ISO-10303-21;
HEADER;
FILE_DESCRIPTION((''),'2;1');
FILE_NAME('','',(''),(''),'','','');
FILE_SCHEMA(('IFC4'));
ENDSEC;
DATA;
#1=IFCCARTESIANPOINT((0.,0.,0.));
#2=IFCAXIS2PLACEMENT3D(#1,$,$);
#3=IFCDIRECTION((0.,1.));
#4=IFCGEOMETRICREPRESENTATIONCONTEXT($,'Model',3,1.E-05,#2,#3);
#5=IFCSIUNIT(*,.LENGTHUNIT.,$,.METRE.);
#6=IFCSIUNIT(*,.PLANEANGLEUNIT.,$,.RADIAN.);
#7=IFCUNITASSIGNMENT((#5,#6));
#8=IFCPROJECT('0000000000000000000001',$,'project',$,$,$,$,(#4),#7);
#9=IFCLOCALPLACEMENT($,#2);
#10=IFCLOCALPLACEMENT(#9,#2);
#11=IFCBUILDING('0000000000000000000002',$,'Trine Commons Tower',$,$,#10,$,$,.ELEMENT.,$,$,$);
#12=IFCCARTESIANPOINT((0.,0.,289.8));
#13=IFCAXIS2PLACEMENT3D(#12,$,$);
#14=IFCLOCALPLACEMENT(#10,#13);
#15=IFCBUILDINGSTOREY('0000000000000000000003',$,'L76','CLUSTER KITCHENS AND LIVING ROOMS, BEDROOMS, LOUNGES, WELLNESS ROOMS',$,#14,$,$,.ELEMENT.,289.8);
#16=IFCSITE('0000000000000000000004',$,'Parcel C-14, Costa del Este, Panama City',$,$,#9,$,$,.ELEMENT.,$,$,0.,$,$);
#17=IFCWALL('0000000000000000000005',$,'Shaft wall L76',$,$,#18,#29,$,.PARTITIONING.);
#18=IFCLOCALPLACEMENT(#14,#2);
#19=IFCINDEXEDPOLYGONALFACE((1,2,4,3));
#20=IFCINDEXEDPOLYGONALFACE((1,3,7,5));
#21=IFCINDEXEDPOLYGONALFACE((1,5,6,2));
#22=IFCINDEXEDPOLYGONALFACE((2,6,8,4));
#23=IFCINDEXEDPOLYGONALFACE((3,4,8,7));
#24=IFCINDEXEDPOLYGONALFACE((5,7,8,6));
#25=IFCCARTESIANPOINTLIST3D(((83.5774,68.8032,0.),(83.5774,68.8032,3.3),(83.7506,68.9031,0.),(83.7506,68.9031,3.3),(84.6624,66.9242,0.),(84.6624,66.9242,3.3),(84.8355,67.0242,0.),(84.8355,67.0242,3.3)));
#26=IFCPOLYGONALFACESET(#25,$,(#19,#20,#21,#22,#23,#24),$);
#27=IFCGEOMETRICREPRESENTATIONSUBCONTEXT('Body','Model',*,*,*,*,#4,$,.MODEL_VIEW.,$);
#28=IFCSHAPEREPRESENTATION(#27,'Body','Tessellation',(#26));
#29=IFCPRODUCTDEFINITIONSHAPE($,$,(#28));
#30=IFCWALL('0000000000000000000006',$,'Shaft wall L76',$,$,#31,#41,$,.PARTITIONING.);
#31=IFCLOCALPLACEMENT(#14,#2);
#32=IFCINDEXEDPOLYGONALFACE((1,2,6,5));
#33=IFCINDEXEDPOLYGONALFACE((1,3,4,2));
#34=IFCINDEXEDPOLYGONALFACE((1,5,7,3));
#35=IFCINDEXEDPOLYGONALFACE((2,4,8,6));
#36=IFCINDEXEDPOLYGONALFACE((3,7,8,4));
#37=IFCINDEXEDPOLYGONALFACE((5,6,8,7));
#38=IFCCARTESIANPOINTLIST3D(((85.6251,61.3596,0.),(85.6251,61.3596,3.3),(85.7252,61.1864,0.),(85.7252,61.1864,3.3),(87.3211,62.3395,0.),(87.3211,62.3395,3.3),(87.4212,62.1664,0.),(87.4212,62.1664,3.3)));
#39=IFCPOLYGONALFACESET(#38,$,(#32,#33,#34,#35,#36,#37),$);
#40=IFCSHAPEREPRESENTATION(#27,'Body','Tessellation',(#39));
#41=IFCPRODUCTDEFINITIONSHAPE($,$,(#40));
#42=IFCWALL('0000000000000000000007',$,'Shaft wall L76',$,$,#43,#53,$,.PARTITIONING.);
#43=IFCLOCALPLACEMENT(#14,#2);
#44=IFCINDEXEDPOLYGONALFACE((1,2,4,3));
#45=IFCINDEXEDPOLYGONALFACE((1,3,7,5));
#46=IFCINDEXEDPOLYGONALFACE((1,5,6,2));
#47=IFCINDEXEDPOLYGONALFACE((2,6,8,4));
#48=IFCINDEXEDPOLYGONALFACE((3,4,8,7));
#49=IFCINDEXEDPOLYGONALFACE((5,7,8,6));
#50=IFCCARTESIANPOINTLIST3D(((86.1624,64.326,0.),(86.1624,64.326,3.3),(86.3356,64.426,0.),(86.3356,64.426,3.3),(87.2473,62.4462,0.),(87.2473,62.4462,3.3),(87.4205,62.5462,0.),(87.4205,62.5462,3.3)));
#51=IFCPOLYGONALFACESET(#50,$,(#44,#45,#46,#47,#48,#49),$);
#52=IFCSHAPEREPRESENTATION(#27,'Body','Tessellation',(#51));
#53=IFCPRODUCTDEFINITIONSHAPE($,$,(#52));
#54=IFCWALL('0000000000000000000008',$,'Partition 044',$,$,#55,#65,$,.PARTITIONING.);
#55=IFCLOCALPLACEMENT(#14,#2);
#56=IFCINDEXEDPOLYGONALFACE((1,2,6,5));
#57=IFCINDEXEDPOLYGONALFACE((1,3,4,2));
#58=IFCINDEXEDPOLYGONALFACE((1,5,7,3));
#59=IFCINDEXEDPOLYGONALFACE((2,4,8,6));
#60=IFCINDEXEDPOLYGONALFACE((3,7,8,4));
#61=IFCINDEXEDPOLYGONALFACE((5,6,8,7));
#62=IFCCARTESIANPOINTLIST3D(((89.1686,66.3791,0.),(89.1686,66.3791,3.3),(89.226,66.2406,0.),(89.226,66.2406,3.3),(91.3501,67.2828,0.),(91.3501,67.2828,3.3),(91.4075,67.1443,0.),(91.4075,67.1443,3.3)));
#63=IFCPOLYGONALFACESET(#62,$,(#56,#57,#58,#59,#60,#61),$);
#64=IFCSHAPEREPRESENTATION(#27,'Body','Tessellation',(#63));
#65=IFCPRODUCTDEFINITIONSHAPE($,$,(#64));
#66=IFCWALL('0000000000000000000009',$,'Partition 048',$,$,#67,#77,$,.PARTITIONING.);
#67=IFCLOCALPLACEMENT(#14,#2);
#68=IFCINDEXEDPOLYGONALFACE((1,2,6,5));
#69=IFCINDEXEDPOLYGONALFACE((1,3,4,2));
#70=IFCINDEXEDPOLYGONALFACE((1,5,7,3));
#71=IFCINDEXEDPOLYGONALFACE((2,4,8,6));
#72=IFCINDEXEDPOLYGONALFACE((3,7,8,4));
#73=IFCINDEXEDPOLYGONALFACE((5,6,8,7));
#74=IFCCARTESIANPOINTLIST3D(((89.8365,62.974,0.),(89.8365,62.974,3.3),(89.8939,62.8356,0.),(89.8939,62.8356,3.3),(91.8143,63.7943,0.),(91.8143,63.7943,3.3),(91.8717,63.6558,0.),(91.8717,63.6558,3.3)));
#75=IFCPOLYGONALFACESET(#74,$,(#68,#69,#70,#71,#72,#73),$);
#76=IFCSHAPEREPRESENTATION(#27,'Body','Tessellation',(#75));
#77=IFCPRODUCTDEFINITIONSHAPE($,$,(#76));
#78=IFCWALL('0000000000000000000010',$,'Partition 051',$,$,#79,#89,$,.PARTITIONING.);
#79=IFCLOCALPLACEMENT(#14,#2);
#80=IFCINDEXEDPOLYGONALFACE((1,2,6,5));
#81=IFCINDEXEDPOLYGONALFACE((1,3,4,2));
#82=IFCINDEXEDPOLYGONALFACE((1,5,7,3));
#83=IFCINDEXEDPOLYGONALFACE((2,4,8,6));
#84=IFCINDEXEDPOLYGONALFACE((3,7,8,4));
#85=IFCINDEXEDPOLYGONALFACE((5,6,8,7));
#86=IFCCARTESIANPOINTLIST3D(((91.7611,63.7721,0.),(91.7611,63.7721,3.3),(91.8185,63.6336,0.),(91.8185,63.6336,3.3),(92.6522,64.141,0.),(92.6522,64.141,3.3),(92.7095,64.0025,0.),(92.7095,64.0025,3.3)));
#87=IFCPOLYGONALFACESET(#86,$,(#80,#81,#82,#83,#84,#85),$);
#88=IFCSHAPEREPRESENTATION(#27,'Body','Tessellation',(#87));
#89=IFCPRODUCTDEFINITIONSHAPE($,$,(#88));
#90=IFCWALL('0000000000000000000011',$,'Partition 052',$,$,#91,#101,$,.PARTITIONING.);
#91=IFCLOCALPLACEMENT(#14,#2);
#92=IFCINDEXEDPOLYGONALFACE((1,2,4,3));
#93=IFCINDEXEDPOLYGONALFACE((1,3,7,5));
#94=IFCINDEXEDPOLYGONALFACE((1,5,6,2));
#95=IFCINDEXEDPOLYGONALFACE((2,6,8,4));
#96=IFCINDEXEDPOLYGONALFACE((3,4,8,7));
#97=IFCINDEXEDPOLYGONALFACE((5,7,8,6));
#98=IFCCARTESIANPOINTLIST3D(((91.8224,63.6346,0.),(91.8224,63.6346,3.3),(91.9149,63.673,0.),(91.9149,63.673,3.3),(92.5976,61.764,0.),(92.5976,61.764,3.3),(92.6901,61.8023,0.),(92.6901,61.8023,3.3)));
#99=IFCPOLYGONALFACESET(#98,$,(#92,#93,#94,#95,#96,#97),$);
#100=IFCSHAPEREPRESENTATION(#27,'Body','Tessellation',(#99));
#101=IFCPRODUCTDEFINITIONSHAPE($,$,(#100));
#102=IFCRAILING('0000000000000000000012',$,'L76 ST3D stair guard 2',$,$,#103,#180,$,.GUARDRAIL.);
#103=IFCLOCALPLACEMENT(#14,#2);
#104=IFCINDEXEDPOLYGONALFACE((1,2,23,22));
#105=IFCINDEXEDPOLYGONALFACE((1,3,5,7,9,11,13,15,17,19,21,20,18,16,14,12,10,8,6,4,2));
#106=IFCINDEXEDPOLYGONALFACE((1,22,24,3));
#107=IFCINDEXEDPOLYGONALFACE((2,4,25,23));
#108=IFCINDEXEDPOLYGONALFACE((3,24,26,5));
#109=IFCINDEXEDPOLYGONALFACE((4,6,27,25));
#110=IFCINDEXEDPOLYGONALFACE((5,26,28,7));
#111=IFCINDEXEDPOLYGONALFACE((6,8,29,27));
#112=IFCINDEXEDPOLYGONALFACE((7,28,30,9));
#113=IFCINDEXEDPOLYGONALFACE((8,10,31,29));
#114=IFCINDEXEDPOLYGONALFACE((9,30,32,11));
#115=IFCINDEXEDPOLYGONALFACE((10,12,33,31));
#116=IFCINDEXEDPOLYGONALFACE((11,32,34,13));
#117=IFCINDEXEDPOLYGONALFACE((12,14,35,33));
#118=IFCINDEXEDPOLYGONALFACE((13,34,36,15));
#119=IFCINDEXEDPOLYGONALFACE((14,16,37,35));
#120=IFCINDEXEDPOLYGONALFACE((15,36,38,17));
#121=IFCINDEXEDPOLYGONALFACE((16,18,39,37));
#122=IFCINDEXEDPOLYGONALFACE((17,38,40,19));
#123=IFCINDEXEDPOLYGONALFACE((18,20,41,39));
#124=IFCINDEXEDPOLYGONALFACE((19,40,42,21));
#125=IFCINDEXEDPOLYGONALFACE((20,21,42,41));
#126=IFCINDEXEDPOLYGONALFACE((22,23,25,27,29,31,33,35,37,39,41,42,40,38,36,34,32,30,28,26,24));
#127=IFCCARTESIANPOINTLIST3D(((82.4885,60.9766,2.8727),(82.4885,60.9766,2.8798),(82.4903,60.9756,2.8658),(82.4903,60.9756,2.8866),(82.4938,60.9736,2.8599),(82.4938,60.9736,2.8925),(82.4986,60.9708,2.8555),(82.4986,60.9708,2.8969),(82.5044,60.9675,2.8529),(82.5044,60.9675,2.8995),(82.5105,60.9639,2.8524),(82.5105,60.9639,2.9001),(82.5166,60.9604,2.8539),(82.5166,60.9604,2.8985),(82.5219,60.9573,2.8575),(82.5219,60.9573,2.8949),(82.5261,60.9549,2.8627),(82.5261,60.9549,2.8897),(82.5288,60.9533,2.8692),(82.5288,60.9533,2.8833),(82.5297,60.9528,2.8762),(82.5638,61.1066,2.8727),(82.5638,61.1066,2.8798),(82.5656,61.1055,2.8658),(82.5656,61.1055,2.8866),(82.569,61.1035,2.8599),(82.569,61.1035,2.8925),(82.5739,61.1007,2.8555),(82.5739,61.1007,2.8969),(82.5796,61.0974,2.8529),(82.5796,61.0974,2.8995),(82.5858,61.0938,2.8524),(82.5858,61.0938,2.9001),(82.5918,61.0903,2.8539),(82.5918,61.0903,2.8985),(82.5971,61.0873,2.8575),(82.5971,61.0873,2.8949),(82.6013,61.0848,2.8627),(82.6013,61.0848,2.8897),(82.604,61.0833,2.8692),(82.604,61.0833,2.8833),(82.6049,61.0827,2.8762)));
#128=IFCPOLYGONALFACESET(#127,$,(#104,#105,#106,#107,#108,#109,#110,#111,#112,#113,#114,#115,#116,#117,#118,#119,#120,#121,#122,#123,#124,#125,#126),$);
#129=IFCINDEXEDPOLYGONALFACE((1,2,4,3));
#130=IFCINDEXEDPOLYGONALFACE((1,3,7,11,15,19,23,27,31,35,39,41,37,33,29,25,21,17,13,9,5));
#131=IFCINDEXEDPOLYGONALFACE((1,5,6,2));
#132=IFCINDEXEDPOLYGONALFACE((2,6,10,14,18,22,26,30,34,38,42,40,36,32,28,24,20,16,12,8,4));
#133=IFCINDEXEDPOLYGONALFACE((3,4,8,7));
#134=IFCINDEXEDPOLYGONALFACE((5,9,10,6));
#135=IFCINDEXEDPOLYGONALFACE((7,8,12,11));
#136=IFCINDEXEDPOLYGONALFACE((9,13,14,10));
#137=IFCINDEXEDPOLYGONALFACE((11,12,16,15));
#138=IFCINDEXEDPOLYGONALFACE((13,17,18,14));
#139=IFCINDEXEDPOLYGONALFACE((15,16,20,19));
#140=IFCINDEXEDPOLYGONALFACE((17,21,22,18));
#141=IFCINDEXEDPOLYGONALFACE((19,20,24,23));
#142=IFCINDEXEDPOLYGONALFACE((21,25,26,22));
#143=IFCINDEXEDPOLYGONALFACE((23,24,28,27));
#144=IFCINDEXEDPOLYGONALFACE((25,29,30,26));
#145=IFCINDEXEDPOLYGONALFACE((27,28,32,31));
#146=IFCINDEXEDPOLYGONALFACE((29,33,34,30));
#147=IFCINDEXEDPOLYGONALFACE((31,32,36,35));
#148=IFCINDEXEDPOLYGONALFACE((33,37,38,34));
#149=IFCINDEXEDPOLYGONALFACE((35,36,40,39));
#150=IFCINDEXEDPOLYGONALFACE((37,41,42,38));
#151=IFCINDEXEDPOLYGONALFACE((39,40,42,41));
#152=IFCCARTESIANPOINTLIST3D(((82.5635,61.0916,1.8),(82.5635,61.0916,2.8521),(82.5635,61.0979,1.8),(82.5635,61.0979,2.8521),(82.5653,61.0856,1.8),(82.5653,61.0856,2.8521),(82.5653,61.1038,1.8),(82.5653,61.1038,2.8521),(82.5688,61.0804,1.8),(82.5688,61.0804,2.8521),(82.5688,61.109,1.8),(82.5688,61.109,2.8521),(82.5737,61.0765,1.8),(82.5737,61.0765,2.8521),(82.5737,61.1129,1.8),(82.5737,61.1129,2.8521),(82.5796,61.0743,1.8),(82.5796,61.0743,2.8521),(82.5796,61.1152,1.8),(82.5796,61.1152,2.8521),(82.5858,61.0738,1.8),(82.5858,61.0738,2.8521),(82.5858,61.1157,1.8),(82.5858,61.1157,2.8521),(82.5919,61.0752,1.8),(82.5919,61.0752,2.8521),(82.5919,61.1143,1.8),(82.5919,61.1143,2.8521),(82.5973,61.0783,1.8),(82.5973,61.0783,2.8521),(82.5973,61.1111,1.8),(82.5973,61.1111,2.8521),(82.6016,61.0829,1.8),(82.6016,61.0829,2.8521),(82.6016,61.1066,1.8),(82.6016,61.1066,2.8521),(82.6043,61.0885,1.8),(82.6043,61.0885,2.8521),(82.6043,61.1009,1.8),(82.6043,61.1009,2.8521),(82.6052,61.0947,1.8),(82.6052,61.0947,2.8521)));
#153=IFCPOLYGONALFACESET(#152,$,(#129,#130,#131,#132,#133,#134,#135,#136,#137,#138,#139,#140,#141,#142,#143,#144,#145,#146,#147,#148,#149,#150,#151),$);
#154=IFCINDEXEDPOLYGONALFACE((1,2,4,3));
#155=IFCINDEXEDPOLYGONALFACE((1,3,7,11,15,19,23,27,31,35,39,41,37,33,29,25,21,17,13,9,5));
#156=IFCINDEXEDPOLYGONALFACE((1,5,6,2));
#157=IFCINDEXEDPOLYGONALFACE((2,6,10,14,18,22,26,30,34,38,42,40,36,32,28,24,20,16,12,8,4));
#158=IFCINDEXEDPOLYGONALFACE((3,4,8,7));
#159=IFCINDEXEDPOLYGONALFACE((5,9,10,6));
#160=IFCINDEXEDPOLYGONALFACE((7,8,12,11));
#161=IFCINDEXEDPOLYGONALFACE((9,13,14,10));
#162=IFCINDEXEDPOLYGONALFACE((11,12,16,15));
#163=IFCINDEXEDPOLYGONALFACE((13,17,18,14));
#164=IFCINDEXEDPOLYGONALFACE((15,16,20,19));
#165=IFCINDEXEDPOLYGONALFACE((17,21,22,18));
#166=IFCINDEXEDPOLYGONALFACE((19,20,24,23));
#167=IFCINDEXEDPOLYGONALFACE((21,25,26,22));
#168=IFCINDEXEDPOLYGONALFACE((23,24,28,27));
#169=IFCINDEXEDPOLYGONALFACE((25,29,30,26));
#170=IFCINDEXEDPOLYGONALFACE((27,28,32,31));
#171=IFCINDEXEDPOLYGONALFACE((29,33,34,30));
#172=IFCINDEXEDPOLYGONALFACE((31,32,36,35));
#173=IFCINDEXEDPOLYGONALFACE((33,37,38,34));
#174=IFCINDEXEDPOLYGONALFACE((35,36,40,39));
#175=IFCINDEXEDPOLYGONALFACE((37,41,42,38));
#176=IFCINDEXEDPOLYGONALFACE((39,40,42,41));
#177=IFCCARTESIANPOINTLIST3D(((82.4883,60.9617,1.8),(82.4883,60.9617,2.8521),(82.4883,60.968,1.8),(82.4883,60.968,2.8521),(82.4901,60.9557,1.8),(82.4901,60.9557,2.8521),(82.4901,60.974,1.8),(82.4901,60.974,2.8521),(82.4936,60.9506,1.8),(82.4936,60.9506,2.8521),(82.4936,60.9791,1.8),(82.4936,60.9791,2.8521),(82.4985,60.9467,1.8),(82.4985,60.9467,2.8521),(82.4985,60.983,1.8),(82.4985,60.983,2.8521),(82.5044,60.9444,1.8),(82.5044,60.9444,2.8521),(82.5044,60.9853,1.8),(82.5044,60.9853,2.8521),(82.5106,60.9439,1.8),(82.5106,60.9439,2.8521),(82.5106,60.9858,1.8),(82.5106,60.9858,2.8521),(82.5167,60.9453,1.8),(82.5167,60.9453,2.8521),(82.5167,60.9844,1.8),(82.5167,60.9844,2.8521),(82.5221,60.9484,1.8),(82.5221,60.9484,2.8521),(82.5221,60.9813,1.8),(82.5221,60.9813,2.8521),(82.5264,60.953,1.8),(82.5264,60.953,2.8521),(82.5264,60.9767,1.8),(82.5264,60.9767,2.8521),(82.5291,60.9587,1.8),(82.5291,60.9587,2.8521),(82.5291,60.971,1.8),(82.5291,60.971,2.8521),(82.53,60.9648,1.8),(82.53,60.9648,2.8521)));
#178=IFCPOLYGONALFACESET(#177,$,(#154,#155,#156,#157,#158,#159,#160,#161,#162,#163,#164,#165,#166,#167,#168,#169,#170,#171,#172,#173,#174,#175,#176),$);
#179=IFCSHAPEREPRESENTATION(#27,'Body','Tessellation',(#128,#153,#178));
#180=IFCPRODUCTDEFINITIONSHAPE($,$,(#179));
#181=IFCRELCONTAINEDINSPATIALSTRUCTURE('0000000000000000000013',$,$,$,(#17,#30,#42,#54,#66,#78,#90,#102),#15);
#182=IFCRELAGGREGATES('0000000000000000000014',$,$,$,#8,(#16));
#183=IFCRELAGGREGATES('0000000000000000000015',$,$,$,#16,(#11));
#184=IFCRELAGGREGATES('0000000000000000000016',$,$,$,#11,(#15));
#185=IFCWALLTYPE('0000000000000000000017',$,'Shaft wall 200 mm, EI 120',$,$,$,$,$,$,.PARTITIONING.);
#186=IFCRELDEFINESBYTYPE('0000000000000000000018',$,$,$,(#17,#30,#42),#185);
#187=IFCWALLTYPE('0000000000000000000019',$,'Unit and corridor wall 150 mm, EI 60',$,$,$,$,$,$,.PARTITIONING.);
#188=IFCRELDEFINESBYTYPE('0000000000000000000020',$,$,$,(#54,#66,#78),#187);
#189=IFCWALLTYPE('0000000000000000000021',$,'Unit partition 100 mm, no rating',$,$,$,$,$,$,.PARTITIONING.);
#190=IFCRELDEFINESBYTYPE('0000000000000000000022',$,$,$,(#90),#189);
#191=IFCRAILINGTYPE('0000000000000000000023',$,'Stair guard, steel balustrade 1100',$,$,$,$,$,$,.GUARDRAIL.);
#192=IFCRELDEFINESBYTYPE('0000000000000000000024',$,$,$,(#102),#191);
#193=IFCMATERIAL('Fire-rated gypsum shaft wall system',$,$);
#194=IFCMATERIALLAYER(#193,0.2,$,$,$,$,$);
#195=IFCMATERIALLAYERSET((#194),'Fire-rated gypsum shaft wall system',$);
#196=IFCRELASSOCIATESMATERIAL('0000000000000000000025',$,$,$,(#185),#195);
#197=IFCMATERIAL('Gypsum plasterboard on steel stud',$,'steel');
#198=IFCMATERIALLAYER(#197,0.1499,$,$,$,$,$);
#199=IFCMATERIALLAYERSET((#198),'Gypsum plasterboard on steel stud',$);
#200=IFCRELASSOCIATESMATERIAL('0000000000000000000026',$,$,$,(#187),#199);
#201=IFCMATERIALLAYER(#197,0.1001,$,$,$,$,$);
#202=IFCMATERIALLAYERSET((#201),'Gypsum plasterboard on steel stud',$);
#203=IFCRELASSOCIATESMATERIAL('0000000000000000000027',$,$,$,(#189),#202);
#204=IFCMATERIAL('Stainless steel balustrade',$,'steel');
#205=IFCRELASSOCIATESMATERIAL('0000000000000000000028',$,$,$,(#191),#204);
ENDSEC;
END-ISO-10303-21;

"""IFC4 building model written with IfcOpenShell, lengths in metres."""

from ifc_helpers import new_model, si_unit, direction, frame, frame_2d, origin, origin_2d, place, context, subcontext, project, spatial, rectangle, circle, extrude, material, layer, layer_set, type_object, element, save


model = new_model("IFC4")

# Units and contexts
model_context = context("Model", 3, precision=1e-05, world=origin(), true_north=direction((0.0, 1.0)))
body_context = subcontext(model_context, "Body", "Model", "MODEL_VIEW")
ifc_project = project(units=[si_unit("LENGTHUNIT", "METRE"), si_unit("PLANEANGLEUNIT", "RADIAN")], contexts=[model_context])

# Site, building, storey
site_placement = place(None, origin())
site = spatial("IfcSite", under=ifc_project, at=site_placement, Name="Parcel C-14, Costa del Este, Panama City", CompositionType="ELEMENT", RefElevation=0.0)
building_placement = place(site_placement, origin())
building = spatial("IfcBuilding", under=site, at=building_placement, Name="Trine Commons Tower", CompositionType="ELEMENT")
storey_placement = place(building_placement, frame((0.0, 0.0, 289.8)))
storey = spatial("IfcBuildingStorey", under=building, at=storey_placement, Name="L76", Description="CLUSTER KITCHENS AND LIVING ROOMS, BEDROOMS, LOUNGES, WELLNESS ROOMS", CompositionType="ELEMENT", Elevation=289.8)

# Shared definitions
ifc_material_1 = material(Name="Fire-rated gypsum shaft wall system")

# Walls
ifc_layer_1 = layer(ifc_material_1, 0.2)
ifc_layer_set_1 = layer_set([ifc_layer_1], Name="Fire-rated gypsum shaft wall system")
wall_type_1 = type_object("IfcWallType", Name="Shaft wall 200 mm, EI 120", PredefinedType="PARTITIONING", material=ifc_layer_set_1)
wall_1_placement = place(storey_placement, frame((84.749, 66.9741, 0.0), z_axis=(0.0, 0.0, 1.0), x_axis=(-0.50006, 0.865991, 0.0)))
element("IfcWall", 1, at=wall_1_placement, inside=storey, type_object=wall_type_1, Name="Shaft wall L76", PredefinedType="PARTITIONING", context=body_context, shape_type="SweptSolid", body=[
    extrude(rectangle(XDim=2.1697, YDim=0.2, at=frame_2d((1.085, 0.0))), origin(), (0.0, 0.0, 1.0), 3.3),
])
wall_2_placement = place(storey_placement, frame((85.675, 61.2729, 0.0), z_axis=(0.0, 0.0, 1.0), x_axis=(0.865855, 0.500294, 0.0)))
element("IfcWall", 2, at=wall_2_placement, inside=storey, type_object=wall_type_1, Name="Shaft wall L76", PredefinedType="PARTITIONING", context=body_context, shape_type="SweptSolid", body=[
    extrude(rectangle(XDim=1.9587, YDim=0.2, at=frame_2d((0.9795, 0.0))), origin(), (0.0, 0.0, 1.0), 3.3),
])
wall_3_placement = place(storey_placement, frame((86.249, 64.376, 0.0), z_axis=(0.0, 0.0, 1.0), x_axis=(0.499865, -0.866103, 0.0)))
element("IfcWall", 3, at=wall_3_placement, inside=storey, type_object=wall_type_1, Name="Shaft wall L76", PredefinedType="PARTITIONING", context=body_context, shape_type="SweptSolid", body=[
    extrude(rectangle(XDim=2.1704, YDim=0.2, at=frame_2d((1.0852, 0.0))), origin(), (0.0, 0.0, 1.0), 3.3),
])
ifc_material_2 = material(Name="Gypsum plasterboard on steel stud", Category="steel")
ifc_layer_2 = layer(ifc_material_2, 0.1499)
ifc_layer_set_2 = layer_set([ifc_layer_2], Name="Gypsum plasterboard on steel stud")
wall_type_2 = type_object("IfcWallType", Name="Unit and corridor wall 150 mm, EI 60", PredefinedType="PARTITIONING", material=ifc_layer_set_2)
wall_4_placement = place(storey_placement, frame((89.1973, 66.3098, 0.0), z_axis=(0.0, 0.0, 1.0), x_axis=(0.923858, 0.382735, 0.0)))
element("IfcWall", 4, at=wall_4_placement, inside=storey, type_object=wall_type_2, Name="Partition 044", PredefinedType="PARTITIONING", context=body_context, shape_type="SweptSolid", body=[
    extrude(rectangle(XDim=2.3613, YDim=0.1499, at=frame_2d((1.1807, 0.0))), origin(), (0.0, 0.0, 1.0), 3.3),
])
wall_5_placement = place(storey_placement, frame((89.8652, 62.9048, 0.0), z_axis=(0.0, 0.0, 1.0), x_axis=(0.9237, 0.383117, 0.0)))
element("IfcWall", 5, at=wall_5_placement, inside=storey, type_object=wall_type_2, Name="Partition 048", PredefinedType="PARTITIONING", context=body_context, shape_type="SweptSolid", body=[
    extrude(rectangle(XDim=2.1411, YDim=0.1499, at=frame_2d((1.0706, 0.0))), origin(), (0.0, 0.0, 1.0), 3.3),
])
wall_6_placement = place(storey_placement, frame((91.7898, 63.7029, 0.0), z_axis=(0.0, 0.0, 1.0), x_axis=(0.923958, 0.382493, 0.0)))
element("IfcWall", 6, at=wall_6_placement, inside=storey, type_object=wall_type_2, Name="Partition 051", PredefinedType="PARTITIONING", context=body_context, shape_type="SweptSolid", body=[
    extrude(rectangle(XDim=0.9644, YDim=0.1499, at=frame_2d((0.4822, 0.0))), origin(), (0.0, 0.0, 1.0), 3.3),
])
ifc_layer_3 = layer(ifc_material_2, 0.1001)
ifc_layer_set_3 = layer_set([ifc_layer_3], Name="Gypsum plasterboard on steel stud")
wall_type_3 = type_object("IfcWallType", Name="Unit partition 100 mm, no rating", PredefinedType="PARTITIONING", material=ifc_layer_set_3)
wall_7_placement = place(storey_placement, frame((91.8687, 63.6538, 0.0), z_axis=(0.0, 0.0, 1.0), x_axis=(0.382817, -0.923824, 0.0)))
element("IfcWall", 7, at=wall_7_placement, inside=storey, type_object=wall_type_3, Name="Partition 052", PredefinedType="PARTITIONING", context=body_context, shape_type="SweptSolid", body=[
    extrude(rectangle(XDim=2.0249, YDim=0.1001, at=frame_2d((1.0125, 0.0))), origin(), (0.0, 0.0, 1.0), 3.3),
])

# Railing
ifc_material_3 = material(Name="Stainless steel balustrade", Category="steel")
railing_type_1 = type_object("IfcRailingType", Name="Stair guard, steel balustrade 1100", PredefinedType="GUARDRAIL", material=ifc_material_3)
railing_1_placement = place(storey_placement, frame((82.5842, 61.0947, 1.8)))
element("IfcRailing", 8, at=railing_1_placement, inside=storey, type_object=railing_type_1, Name="L76 ST3D stair guard 2", PredefinedType="GUARDRAIL", context=body_context, shape_type="SweptSolid", body=[
    extrude(circle(Radius=0.0239, at=origin_2d()), frame((0.0, 0.0, 1.0762), z_axis=(-0.501036, -0.865426, 0.0), x_axis=(0.865426, -0.501036, 0.0)), (0.0, 0.0, 1.0), 0.1501),
    extrude(circle(Radius=0.021, at=origin_2d()), origin(), (0.0, 0.0, 1.0), 1.052),
    extrude(circle(Radius=0.021, at=origin_2d()), frame((-0.0752, -0.1299, 0.0)), (0.0, 0.0, 1.0), 1.052),
])

save(model, "model.ifc")
